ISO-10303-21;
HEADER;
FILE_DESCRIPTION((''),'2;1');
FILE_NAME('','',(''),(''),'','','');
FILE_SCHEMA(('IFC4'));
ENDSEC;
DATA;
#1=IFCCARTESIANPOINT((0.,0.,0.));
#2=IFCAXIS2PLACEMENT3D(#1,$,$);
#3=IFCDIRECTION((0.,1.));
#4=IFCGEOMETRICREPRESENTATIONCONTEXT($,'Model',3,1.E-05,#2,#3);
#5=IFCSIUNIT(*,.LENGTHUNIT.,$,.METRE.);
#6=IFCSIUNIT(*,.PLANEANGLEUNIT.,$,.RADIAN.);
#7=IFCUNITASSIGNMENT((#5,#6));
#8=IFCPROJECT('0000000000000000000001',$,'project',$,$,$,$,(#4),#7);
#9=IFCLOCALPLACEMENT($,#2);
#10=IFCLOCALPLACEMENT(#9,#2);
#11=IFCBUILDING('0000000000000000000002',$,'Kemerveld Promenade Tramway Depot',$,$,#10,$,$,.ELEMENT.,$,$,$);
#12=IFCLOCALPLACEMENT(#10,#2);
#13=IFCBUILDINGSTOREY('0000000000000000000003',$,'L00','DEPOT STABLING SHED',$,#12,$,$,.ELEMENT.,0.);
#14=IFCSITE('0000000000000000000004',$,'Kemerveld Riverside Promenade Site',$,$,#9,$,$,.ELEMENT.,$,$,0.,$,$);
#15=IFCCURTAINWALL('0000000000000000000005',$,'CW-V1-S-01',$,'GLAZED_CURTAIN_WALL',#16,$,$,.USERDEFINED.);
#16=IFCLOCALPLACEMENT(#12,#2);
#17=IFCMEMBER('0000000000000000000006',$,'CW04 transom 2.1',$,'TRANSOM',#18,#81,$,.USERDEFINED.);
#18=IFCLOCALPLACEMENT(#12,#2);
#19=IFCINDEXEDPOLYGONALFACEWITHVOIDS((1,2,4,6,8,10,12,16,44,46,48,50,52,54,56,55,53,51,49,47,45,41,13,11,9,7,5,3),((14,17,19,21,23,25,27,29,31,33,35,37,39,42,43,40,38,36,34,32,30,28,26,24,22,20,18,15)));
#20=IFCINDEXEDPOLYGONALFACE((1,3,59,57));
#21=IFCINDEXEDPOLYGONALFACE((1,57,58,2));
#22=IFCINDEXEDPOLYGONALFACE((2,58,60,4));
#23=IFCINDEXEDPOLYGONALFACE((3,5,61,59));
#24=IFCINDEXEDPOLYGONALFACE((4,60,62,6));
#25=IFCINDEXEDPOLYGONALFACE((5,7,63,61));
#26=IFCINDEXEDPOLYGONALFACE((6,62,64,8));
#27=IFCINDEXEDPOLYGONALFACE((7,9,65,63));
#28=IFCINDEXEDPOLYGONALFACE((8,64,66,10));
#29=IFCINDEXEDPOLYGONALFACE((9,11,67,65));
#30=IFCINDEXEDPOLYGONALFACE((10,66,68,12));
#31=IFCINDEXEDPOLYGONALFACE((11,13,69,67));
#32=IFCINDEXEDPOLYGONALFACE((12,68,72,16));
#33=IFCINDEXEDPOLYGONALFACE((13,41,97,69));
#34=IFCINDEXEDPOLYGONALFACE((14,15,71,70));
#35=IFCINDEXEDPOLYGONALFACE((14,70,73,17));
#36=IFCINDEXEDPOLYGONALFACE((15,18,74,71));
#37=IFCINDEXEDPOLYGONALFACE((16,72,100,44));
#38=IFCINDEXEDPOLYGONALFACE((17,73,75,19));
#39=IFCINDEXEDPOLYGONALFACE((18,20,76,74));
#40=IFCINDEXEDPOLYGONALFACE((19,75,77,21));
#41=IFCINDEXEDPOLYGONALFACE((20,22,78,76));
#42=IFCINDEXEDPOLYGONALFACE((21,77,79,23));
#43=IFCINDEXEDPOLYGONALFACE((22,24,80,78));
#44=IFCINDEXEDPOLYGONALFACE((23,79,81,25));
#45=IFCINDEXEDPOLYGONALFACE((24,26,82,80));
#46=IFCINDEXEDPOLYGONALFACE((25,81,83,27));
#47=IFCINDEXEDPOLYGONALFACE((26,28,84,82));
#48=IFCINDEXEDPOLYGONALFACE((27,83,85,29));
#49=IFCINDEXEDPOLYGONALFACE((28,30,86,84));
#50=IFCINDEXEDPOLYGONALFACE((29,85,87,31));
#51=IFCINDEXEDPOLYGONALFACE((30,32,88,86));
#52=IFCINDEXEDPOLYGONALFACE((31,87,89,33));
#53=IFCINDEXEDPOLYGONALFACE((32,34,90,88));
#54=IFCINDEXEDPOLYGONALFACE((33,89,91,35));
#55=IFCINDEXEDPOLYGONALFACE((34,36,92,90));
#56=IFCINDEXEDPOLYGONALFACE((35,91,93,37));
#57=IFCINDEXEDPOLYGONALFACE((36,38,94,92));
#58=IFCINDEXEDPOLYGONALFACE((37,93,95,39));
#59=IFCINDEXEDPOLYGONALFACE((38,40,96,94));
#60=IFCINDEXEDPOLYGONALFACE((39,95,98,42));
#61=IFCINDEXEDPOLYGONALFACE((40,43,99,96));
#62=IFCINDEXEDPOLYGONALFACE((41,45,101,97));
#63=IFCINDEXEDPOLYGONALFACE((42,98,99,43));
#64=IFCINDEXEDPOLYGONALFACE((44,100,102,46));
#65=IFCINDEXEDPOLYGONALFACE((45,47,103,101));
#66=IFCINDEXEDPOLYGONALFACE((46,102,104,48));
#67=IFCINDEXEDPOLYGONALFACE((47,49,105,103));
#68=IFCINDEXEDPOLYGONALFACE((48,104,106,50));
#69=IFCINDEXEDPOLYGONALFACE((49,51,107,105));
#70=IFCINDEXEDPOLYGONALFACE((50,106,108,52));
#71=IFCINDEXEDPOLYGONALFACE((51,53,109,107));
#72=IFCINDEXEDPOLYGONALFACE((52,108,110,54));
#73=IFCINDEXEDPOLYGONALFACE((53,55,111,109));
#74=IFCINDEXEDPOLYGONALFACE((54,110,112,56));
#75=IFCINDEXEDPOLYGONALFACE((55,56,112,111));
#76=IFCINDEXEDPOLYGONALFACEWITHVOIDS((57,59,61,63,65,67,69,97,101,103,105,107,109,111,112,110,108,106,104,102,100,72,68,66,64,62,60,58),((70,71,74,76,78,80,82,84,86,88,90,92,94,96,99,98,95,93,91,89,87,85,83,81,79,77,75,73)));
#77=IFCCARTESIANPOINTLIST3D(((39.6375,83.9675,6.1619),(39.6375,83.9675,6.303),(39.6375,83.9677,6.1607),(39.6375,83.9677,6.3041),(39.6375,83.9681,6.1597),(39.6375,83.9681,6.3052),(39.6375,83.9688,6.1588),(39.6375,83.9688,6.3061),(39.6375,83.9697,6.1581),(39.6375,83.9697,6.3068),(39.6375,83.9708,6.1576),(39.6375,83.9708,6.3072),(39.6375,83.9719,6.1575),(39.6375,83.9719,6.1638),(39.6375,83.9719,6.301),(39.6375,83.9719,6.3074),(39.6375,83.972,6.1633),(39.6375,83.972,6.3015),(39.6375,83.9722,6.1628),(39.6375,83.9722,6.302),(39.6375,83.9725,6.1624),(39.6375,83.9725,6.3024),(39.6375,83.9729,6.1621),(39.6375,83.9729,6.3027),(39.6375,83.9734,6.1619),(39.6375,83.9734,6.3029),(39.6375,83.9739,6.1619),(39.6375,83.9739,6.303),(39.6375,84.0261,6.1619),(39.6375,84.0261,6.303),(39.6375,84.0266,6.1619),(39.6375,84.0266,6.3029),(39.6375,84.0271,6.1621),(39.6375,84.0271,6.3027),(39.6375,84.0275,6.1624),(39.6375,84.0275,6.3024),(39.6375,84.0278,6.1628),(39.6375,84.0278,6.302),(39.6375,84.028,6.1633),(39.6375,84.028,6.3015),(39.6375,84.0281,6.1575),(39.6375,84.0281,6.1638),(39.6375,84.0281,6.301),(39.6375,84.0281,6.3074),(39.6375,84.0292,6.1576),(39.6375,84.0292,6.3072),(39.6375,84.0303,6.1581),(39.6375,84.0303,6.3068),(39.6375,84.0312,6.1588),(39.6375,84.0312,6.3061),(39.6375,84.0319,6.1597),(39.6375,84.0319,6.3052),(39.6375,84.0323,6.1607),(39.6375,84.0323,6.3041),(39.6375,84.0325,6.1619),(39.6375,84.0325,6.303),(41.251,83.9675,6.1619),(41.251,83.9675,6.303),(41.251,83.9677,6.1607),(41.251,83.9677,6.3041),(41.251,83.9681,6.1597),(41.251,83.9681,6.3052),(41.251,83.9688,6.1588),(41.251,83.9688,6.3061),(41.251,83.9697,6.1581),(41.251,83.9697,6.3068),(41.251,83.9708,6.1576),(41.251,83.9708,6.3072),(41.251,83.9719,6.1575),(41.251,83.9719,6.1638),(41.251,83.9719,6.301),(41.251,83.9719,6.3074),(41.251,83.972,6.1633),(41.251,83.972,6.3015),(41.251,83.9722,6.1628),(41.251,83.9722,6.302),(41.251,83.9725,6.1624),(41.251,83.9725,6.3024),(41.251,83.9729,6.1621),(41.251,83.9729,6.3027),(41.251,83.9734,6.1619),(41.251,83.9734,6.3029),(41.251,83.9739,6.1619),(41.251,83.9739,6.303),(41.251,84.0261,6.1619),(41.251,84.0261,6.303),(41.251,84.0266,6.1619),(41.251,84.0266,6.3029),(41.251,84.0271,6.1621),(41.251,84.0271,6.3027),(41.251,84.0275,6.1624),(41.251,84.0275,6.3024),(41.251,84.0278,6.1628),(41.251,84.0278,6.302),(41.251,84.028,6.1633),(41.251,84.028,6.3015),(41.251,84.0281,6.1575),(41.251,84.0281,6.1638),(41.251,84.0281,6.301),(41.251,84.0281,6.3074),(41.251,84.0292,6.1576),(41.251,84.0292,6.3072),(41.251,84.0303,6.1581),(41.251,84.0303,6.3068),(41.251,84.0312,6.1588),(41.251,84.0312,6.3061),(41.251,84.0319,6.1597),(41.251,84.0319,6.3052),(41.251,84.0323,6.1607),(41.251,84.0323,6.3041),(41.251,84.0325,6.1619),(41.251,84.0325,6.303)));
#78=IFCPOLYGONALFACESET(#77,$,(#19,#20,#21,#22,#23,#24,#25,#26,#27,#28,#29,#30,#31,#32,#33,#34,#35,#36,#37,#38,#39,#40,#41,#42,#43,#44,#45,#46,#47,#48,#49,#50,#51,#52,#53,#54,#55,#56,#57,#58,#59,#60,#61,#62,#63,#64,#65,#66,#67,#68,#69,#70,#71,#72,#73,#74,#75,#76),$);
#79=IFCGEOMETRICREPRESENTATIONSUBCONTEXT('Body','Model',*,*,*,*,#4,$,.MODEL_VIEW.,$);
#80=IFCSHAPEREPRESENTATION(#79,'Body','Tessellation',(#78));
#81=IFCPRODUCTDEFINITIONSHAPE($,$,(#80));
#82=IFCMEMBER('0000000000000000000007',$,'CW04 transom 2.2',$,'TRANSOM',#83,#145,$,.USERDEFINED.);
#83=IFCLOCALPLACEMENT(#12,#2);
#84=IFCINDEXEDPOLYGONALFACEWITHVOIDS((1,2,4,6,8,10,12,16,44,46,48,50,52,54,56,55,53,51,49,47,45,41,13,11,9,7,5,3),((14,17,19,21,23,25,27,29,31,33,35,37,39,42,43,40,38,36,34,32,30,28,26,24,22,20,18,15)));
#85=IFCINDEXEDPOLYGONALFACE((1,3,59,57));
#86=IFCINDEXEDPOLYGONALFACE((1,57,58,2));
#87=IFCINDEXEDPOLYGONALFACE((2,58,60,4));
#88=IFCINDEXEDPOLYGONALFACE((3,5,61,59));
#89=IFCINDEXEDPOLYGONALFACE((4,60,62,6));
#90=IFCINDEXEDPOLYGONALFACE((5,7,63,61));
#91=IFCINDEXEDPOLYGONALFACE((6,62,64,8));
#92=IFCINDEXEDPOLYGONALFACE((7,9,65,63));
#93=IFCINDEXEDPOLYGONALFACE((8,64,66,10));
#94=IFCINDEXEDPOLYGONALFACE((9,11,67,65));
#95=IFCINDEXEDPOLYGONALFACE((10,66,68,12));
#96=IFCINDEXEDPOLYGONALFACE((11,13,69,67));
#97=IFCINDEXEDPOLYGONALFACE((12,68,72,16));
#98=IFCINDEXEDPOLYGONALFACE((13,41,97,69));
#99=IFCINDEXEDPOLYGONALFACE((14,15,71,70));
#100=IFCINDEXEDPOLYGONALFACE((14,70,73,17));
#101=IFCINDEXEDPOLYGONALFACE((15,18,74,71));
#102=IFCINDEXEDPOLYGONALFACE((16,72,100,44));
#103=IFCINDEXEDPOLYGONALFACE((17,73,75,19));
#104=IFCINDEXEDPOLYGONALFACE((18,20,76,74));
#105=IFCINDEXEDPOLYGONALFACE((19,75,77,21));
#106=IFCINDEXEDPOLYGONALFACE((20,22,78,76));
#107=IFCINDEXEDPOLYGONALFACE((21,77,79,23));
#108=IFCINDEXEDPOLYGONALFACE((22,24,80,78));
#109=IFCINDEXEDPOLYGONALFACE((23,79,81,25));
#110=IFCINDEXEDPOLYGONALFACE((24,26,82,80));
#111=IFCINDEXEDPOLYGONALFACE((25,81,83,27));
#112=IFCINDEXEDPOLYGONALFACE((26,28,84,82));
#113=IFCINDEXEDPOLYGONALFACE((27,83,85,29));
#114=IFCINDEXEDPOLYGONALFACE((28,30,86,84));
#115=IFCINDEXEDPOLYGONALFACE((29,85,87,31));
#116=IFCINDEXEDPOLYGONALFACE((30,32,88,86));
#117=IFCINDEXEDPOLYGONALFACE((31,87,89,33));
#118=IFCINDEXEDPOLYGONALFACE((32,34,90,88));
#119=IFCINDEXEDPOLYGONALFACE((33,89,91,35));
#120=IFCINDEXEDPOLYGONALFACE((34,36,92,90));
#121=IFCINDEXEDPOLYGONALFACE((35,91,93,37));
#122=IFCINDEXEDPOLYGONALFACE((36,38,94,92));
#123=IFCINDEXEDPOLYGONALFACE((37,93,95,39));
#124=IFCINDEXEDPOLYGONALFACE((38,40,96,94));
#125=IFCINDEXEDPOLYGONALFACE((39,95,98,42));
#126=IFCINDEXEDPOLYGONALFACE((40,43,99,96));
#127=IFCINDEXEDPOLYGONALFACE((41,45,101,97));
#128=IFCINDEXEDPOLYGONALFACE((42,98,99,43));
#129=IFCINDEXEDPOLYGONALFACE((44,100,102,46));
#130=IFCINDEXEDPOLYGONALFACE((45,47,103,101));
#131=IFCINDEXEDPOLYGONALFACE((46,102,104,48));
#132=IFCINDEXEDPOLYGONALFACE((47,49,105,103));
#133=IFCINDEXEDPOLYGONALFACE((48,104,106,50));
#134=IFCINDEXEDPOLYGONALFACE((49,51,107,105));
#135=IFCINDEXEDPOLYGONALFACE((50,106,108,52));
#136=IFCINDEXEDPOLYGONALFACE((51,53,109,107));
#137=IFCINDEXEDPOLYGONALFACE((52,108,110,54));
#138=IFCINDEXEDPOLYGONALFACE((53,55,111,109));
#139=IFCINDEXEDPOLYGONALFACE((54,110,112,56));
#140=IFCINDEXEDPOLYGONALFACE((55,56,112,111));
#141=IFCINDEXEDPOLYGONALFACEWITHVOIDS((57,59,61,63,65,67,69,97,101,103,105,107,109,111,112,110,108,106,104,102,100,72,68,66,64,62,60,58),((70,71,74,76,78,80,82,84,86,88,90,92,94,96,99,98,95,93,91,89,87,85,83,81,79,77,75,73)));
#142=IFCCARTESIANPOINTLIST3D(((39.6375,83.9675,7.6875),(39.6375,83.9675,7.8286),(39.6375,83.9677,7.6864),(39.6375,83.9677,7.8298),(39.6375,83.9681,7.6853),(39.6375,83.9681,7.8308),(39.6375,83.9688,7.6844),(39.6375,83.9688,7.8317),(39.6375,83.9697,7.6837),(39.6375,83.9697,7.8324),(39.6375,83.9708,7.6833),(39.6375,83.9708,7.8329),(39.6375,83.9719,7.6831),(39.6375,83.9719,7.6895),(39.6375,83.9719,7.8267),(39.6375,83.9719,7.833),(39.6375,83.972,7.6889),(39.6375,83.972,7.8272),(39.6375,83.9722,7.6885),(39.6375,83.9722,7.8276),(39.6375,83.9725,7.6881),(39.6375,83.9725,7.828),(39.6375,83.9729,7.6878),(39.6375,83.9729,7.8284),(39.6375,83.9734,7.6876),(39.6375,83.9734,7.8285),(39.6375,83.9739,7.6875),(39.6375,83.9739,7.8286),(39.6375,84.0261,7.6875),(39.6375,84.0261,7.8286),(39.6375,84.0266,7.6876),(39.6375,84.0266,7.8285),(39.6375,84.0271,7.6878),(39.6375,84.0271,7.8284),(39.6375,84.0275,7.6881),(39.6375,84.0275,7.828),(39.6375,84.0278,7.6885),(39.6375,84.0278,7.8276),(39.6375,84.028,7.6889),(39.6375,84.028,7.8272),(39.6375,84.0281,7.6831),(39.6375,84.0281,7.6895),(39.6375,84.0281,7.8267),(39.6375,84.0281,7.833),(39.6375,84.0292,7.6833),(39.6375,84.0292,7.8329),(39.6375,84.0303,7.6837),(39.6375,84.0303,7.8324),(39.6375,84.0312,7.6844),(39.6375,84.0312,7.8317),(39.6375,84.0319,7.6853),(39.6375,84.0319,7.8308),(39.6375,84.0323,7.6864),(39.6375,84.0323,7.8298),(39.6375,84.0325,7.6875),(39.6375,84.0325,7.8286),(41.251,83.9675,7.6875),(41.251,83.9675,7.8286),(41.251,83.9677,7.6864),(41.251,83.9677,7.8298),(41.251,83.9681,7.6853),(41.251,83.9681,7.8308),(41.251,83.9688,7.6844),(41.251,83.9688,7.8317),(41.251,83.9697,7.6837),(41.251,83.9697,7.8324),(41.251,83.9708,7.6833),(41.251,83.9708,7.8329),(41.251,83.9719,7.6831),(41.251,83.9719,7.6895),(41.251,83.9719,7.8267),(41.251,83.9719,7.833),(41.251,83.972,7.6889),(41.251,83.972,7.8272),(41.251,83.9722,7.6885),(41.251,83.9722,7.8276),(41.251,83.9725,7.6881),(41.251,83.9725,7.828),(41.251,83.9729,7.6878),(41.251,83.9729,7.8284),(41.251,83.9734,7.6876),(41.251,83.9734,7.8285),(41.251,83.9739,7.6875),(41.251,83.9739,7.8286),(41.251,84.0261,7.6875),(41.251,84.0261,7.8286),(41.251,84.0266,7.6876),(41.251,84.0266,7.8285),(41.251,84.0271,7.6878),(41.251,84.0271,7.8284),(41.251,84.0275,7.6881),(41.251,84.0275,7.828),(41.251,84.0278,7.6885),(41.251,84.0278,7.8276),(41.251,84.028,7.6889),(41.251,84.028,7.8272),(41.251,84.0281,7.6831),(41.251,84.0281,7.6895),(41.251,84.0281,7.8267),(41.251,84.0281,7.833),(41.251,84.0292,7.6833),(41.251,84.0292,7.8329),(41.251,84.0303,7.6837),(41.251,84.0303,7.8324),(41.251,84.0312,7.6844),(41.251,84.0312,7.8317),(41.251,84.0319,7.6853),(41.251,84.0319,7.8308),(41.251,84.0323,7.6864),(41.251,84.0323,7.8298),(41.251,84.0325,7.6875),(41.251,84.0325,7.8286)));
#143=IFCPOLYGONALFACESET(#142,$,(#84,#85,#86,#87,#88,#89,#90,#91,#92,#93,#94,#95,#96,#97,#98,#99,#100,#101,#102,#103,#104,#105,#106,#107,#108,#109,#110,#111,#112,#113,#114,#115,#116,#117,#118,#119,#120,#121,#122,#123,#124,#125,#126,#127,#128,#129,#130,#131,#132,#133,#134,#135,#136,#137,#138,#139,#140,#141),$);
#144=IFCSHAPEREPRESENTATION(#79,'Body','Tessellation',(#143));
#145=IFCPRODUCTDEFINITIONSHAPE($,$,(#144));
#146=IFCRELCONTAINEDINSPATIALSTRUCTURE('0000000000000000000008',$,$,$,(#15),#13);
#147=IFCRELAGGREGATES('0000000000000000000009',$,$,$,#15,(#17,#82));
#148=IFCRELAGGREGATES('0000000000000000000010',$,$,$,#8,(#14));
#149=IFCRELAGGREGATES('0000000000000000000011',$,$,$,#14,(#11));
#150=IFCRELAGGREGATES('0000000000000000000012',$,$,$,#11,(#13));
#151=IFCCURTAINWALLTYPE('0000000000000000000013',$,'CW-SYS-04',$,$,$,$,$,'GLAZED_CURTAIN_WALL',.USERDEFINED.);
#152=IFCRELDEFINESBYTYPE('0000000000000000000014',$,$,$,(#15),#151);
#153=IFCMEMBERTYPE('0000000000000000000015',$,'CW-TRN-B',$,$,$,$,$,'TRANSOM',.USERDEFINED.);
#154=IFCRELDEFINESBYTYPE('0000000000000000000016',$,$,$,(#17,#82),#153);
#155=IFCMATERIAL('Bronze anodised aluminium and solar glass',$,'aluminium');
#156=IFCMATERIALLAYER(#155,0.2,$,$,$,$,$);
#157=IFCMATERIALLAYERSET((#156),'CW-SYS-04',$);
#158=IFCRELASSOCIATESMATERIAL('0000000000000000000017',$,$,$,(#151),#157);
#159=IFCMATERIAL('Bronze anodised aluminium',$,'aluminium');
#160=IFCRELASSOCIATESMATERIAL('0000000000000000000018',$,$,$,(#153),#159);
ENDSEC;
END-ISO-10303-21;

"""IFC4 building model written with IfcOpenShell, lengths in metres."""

from ifc_helpers import new_model, si_unit, direction, frame, origin, origin_2d, place, context, subcontext, project, spatial, hollow_rectangle, extrude, material, layer, layer_set, material_profile, profile_set, type_object, element, aggregate, save


model = new_model("IFC4")

# Units and contexts
model_context = context("Model", 3, precision=1e-05, world=origin(), true_north=direction((0.0, 1.0)))
body_context = subcontext(model_context, "Body", "Model", "MODEL_VIEW")
ifc_project = project(units=[si_unit("LENGTHUNIT", "METRE"), si_unit("PLANEANGLEUNIT", "RADIAN")], contexts=[model_context])

# Site, building, storey
site_placement = place(None, origin())
site = spatial("IfcSite", under=ifc_project, at=site_placement, Name="Kemerveld Riverside Promenade Site", CompositionType="ELEMENT", RefElevation=0.0)
building_placement = place(site_placement, origin())
building = spatial("IfcBuilding", under=site, at=building_placement, Name="Kemerveld Promenade Tramway Depot", CompositionType="ELEMENT")
storey_placement = place(building_placement, origin())
storey = spatial("IfcBuildingStorey", under=building, at=storey_placement, Name="L00", Description="DEPOT STABLING SHED", CompositionType="ELEMENT", Elevation=0.0)

# Curtain wall
ifc_material_1 = material(Name="Bronze anodised aluminium and solar glass", Category="aluminium")
ifc_layer_1 = layer(ifc_material_1, 0.2)
ifc_layer_set_1 = layer_set([ifc_layer_1], Name="CW-SYS-04")
curtain_wall_type_1 = type_object("IfcCurtainWallType", Name="CW-SYS-04", ElementType="GLAZED_CURTAIN_WALL", PredefinedType="USERDEFINED", material=ifc_layer_set_1)
curtain_wall_1_placement = place(storey_placement, origin())
curtain_wall_1 = element("IfcCurtainWall", 1, at=curtain_wall_1_placement, inside=storey, type_object=curtain_wall_type_1, Name="CW-V1-S-01", ObjectType="GLAZED_CURTAIN_WALL", PredefinedType="USERDEFINED")
ifc_material_2 = material(Name="Bronze anodised aluminium", Category="aluminium")

# Members
ifc_material_profile_1 = material_profile(ifc_material_2, hollow_rectangle(XDim=0.0649, YDim=0.1499, WallThickness=0.0044, InnerFilletRadius=0.002, OuterFilletRadius=0.0044, at=origin_2d()), Name="CW-TRN-150x65")
ifc_profile_set_1 = profile_set([ifc_material_profile_1], Name="Bronze anodised aluminium")
member_type_1 = type_object("IfcMemberType", Name="CW-TRN-B", ElementType="TRANSOM", PredefinedType="USERDEFINED", material=ifc_profile_set_1)
member_1_placement = place(storey_placement, frame((41.251, 84.0, 6.2324), z_axis=(-1.0, 0.0, 0.0), x_axis=(0.0, -1.0, 0.0)))
member_1 = element("IfcMember", 2, at=member_1_placement, type_object=member_type_1, Name="CW04 transom 2.1", ObjectType="TRANSOM", PredefinedType="USERDEFINED", context=body_context, shape_type="SweptSolid", body=[
    extrude(hollow_rectangle(XDim=0.0649, YDim=0.1499, WallThickness=0.0044, InnerFilletRadius=0.002, OuterFilletRadius=0.0044, at=origin_2d()), origin(), (0.0, 0.0, 1.0), 1.6135),
])
member_2_placement = place(storey_placement, frame((41.251, 84.0, 7.7581), z_axis=(-1.0, 0.0, 0.0), x_axis=(0.0, -1.0, 0.0)))
member_2 = element("IfcMember", 3, at=member_2_placement, type_object=member_type_1, Name="CW04 transom 2.2", ObjectType="TRANSOM", PredefinedType="USERDEFINED", context=body_context, shape_type="SweptSolid", body=[
    extrude(hollow_rectangle(XDim=0.0649, YDim=0.1499, WallThickness=0.0044, InnerFilletRadius=0.002, OuterFilletRadius=0.0044, at=origin_2d()), origin(), (0.0, 0.0, 1.0), 1.6135),
])

aggregate(curtain_wall_1, [member_1, member_2])

save(model, "model.ifc")
